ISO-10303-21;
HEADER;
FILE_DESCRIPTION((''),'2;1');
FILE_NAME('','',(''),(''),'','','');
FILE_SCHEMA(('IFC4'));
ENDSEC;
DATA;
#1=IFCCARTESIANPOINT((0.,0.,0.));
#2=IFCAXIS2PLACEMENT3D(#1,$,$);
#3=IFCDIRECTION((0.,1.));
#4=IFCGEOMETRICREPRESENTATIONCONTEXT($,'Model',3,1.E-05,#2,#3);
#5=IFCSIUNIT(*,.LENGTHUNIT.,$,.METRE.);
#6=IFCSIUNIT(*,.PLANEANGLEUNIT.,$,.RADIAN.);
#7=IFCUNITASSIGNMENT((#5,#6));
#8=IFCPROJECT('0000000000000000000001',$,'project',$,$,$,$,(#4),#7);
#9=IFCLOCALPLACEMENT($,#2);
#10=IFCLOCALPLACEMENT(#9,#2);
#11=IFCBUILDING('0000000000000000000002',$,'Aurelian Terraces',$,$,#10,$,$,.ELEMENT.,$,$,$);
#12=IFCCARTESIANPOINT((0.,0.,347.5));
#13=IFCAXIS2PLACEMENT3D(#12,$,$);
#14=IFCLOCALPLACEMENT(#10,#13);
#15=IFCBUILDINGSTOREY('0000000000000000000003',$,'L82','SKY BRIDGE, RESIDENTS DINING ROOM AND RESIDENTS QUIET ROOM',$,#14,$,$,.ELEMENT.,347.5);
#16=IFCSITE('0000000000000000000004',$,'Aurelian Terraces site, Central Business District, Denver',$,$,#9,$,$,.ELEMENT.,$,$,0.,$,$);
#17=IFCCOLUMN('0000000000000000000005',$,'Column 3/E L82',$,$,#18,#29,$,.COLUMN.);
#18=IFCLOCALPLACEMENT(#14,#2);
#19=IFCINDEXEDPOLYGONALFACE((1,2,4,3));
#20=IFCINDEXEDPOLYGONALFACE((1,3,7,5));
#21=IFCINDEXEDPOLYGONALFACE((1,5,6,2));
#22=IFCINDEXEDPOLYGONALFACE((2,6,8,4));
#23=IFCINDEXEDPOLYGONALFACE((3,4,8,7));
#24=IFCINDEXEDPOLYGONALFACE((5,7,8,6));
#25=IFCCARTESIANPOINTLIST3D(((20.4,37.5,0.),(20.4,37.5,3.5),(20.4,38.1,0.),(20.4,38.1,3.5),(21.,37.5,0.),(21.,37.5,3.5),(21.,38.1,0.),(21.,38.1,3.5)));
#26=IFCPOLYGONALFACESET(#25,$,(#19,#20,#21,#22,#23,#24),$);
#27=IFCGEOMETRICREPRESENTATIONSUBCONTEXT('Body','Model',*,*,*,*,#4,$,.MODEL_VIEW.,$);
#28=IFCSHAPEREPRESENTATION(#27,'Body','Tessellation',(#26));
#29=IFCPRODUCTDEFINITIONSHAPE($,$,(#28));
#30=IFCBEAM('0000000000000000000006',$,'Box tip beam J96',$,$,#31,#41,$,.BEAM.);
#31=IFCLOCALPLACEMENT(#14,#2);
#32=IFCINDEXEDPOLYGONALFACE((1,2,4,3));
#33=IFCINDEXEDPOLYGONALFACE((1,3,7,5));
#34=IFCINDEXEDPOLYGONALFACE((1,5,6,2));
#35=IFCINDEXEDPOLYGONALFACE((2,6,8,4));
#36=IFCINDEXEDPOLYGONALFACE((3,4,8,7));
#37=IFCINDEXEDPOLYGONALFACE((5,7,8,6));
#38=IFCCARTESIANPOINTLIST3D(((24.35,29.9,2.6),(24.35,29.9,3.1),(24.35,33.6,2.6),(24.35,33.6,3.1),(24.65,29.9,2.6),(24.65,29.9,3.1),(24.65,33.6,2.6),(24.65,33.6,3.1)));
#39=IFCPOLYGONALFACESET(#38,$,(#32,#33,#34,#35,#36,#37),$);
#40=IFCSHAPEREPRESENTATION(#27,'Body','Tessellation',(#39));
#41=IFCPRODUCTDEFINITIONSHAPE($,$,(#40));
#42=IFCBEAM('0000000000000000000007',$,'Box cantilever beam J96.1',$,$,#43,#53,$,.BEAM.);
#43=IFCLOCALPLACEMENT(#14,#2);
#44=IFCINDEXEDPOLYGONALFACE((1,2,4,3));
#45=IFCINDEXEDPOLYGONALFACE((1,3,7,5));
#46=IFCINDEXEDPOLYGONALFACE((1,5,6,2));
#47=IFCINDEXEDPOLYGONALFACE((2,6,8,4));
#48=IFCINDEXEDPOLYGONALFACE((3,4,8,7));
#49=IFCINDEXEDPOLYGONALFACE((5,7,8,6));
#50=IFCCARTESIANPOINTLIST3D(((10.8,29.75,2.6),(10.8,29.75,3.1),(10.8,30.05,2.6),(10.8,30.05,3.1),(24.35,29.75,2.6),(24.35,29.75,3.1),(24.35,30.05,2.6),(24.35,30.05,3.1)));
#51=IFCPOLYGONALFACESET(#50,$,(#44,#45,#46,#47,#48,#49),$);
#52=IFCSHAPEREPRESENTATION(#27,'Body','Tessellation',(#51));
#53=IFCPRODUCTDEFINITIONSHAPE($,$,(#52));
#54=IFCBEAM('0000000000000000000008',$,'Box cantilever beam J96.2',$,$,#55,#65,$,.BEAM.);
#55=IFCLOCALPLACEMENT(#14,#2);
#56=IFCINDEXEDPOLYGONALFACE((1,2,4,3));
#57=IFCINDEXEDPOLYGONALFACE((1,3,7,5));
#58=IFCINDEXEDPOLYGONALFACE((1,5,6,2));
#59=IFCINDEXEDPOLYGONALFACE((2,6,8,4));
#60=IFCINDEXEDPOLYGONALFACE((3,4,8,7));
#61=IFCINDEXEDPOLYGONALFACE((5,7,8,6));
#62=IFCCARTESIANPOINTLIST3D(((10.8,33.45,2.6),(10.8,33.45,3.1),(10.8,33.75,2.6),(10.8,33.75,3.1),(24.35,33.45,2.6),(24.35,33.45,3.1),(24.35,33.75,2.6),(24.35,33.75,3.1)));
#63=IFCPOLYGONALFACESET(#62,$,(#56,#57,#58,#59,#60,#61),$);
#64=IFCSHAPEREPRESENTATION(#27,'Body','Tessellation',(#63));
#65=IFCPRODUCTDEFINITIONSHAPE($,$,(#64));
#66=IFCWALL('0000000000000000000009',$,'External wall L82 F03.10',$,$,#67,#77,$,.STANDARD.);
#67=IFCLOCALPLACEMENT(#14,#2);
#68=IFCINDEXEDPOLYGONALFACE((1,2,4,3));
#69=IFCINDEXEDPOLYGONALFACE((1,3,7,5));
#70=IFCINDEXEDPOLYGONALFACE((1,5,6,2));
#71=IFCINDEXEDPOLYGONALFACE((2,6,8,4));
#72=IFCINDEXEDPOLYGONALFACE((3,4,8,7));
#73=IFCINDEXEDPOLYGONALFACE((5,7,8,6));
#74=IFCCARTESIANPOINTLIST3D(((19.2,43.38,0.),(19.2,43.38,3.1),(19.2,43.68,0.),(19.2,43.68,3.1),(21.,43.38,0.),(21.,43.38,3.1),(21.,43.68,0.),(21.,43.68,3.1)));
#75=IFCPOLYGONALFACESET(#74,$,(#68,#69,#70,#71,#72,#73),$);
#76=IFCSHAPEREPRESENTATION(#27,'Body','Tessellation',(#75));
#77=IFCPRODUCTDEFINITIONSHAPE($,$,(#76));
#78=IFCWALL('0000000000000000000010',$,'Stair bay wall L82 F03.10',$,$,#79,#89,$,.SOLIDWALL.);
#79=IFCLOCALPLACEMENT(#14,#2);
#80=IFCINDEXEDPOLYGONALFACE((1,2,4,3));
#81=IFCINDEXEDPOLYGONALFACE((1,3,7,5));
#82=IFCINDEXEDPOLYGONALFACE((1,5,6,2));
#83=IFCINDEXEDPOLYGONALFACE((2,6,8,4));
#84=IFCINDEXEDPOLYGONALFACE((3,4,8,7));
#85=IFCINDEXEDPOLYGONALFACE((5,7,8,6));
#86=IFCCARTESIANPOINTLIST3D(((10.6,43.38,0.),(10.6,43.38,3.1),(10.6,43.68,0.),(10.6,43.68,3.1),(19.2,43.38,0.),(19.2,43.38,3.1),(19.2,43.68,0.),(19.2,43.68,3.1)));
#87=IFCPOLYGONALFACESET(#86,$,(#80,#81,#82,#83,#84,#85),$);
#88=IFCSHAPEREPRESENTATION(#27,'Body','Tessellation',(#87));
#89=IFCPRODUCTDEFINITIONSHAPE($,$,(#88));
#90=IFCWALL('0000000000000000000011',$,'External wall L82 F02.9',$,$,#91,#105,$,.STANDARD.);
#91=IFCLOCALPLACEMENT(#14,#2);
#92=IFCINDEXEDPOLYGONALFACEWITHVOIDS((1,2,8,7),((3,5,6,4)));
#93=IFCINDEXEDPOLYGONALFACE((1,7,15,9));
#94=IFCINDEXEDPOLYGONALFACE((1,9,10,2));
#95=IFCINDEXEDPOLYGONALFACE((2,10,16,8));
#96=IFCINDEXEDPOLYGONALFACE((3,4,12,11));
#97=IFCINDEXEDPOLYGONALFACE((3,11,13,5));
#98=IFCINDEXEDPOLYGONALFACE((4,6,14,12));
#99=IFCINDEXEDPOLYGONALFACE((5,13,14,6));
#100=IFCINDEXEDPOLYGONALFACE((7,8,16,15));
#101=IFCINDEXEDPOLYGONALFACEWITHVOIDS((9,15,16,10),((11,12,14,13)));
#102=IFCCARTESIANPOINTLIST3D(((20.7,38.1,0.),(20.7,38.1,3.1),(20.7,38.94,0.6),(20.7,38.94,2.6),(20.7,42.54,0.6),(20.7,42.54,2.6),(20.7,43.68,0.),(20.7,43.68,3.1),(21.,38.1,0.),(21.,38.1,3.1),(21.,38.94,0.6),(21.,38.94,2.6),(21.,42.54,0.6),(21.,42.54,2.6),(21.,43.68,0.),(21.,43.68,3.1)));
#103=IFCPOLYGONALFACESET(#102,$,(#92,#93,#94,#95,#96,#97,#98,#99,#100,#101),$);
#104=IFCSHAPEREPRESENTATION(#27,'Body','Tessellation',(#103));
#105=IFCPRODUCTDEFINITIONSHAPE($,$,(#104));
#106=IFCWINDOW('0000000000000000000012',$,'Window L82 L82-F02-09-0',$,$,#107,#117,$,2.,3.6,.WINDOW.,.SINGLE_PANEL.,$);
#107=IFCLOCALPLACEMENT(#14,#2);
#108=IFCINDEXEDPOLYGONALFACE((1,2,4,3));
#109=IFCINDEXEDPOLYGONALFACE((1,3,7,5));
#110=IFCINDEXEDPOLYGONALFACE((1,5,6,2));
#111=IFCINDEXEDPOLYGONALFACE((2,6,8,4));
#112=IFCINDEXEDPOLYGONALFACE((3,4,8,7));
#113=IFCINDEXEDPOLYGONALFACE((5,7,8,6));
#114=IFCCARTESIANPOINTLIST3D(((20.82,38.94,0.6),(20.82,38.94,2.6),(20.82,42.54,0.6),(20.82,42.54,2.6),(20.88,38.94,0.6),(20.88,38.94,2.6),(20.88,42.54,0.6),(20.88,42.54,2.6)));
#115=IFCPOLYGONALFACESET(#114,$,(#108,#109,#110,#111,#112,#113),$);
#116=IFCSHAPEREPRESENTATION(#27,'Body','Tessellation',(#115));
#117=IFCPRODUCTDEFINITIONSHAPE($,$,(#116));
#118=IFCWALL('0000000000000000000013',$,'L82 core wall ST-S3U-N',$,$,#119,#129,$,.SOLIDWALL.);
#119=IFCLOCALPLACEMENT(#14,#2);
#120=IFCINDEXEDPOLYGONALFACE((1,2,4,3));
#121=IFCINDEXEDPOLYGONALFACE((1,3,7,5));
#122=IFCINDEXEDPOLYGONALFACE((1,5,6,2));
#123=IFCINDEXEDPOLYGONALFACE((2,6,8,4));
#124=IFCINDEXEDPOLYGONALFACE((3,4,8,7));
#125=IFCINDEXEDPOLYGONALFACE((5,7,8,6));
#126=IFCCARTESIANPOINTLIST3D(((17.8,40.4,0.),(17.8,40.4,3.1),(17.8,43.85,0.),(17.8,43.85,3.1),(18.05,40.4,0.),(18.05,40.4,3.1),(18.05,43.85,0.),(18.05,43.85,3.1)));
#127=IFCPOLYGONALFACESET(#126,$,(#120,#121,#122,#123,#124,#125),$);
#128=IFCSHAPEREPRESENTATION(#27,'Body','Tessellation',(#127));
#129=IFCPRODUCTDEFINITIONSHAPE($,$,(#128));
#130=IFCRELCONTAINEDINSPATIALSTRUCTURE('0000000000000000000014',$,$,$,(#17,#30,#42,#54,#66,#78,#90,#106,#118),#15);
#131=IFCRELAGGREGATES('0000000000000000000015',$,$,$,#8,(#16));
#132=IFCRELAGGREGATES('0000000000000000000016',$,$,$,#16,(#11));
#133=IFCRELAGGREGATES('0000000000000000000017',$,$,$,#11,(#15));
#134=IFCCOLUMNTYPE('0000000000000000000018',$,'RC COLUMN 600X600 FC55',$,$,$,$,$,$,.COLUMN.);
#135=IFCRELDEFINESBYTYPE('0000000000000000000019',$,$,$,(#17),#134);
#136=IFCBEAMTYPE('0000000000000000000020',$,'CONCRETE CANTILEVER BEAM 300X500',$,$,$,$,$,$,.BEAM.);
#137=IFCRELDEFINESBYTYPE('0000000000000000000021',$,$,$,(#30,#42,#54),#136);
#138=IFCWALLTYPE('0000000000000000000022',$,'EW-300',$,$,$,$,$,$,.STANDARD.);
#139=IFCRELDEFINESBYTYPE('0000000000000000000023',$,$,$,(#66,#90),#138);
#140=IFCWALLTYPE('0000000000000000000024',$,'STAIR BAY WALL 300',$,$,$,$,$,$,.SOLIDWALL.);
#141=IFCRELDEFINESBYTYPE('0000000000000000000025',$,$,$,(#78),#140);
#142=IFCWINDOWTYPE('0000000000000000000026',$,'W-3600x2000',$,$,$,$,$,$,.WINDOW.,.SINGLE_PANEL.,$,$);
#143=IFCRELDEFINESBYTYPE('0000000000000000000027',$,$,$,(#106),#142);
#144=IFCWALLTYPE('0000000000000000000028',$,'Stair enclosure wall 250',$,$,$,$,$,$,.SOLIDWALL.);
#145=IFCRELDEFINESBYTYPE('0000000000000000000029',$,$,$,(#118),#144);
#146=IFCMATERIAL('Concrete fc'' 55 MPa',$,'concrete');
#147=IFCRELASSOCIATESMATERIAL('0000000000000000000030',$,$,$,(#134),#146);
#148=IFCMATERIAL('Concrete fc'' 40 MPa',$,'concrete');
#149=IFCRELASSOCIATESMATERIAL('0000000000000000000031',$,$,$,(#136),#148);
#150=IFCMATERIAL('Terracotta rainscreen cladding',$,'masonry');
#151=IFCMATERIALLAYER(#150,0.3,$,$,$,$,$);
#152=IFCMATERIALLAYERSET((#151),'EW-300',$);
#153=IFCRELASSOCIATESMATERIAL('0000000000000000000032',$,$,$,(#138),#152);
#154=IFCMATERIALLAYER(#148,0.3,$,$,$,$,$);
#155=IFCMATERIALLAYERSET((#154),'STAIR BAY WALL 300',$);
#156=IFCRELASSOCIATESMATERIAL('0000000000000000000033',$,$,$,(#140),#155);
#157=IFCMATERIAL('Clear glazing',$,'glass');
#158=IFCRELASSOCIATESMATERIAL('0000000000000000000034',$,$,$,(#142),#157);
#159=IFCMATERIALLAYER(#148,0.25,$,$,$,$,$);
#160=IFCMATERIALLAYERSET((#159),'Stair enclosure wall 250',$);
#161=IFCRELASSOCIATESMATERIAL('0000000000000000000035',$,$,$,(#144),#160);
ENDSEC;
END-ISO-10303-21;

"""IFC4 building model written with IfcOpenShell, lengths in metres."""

from ifc_helpers import new_model, si_unit, direction, frame, frame_2d, origin, origin_2d, place, context, subcontext, project, spatial, rectangle, extrude, source, transform, mapped, material, layer, layer_set, material_profile, profile_set, type_object, element, fill, save


model = new_model("IFC4")

# Units and contexts
model_context = context("Model", 3, precision=1e-05, world=origin(), true_north=direction((0.0, 1.0)))
body_context = subcontext(model_context, "Body", "Model", "MODEL_VIEW")
ifc_project = project(units=[si_unit("LENGTHUNIT", "METRE"), si_unit("PLANEANGLEUNIT", "RADIAN")], contexts=[model_context])

# Site, building, storey
site_placement = place(None, origin())
site = spatial("IfcSite", under=ifc_project, at=site_placement, Name="Aurelian Terraces site, Central Business District, Denver", CompositionType="ELEMENT", RefElevation=0.0)
building_placement = place(site_placement, origin())
building = spatial("IfcBuilding", under=site, at=building_placement, Name="Aurelian Terraces", CompositionType="ELEMENT")
storey_placement = place(building_placement, frame((0.0, 0.0, 347.5)))
storey = spatial("IfcBuildingStorey", under=building, at=storey_placement, Name="L82", Description="SKY BRIDGE, RESIDENTS DINING ROOM AND RESIDENTS QUIET ROOM", CompositionType="ELEMENT", Elevation=347.5)

# Column
ifc_material_1 = material(Name="Concrete fc' 55 MPa", Category="concrete")
ifc_material_profile_1 = material_profile(ifc_material_1, rectangle(XDim=0.6, YDim=0.6, at=origin_2d()))
ifc_profile_set_1 = profile_set([ifc_material_profile_1], Name="Concrete fc' 55 MPa")
column_type = type_object("IfcColumnType", Name="RC COLUMN 600X600 FC55", PredefinedType="COLUMN", material=ifc_profile_set_1)
shared_shape_1 = source(origin(), body_context, "Body", "SweptSolid", [
    extrude(rectangle(XDim=0.6, YDim=0.6, at=origin_2d()), origin(), (0.0, 0.0, 1.0), 3.5),
])
column_placement = place(storey_placement, frame((20.7, 37.8, 0.0), z_axis=(0.0, 0.0, 1.0), x_axis=(1.0, 0.0, 0.0)))
element("IfcColumn", 1, at=column_placement, inside=storey, type_object=column_type, Name="Column 3/E L82", PredefinedType="COLUMN", context=body_context, shape_type="MappedRepresentation", body=[
    mapped(shared_shape_1, transform((0.0, 0.0, 0.0), scale=1.0)),
])

# Beams
ifc_material_2 = material(Name="Concrete fc' 40 MPa", Category="concrete")
ifc_material_profile_2 = material_profile(ifc_material_2, rectangle(XDim=0.3, YDim=0.5, at=origin_2d()))
ifc_profile_set_2 = profile_set([ifc_material_profile_2], Name="Concrete fc' 40 MPa")
beam_type = type_object("IfcBeamType", Name="CONCRETE CANTILEVER BEAM 300X500", PredefinedType="BEAM", material=ifc_profile_set_2)
beam_placement = place(storey_placement, frame((24.5, 29.9, 2.85), z_axis=(0.0, 1.0, 0.0), x_axis=(-1.0, 0.0, 0.0)))
element("IfcBeam", 2, at=beam_placement, inside=storey, type_object=beam_type, Name="Box tip beam J96", PredefinedType="BEAM", context=body_context, shape_type="SweptSolid", body=[
    extrude(rectangle(XDim=0.3, YDim=0.5, at=origin_2d()), origin(), (0.0, 0.0, 1.0), 3.7),
])
shared_shape_2 = source(origin(), body_context, "Body", "SweptSolid", [
    extrude(rectangle(XDim=0.3, YDim=0.5, at=origin_2d()), origin(), (0.0, 0.0, 1.0), 13.55),
])
for number, where, z_axis, x_axis, name in (
    (3, (24.35, 29.9, 2.85), (-1.0, 0.0, 0.0), (0.0, -1.0, 0.0), "Box cantilever beam J96.1"),
    (4, (24.35, 33.6, 2.85), (-1.0, 0.0, 0.0), (0.0, -1.0, 0.0), "Box cantilever beam J96.2"),
):
    element("IfcBeam", number, at=place(storey_placement, frame(where, z_axis=z_axis, x_axis=x_axis)), inside=storey, type_object=beam_type, Name=name, PredefinedType="BEAM", context=body_context, shape_type="MappedRepresentation", body=[
        mapped(shared_shape_2, transform((0.0, 0.0, 0.0), scale=1.0)),
    ])

# Walls
ifc_material_3 = material(Name="Terracotta rainscreen cladding", Category="masonry")
ifc_layer_1 = layer(ifc_material_3, 0.3)
ifc_layer_set_1 = layer_set([ifc_layer_1], Name="EW-300")
wall_type_1 = type_object("IfcWallType", Name="EW-300", PredefinedType="STANDARD", material=ifc_layer_set_1)
shared_shape_3 = source(origin(), body_context, "Body", "SweptSolid", [
    extrude(rectangle(XDim=1.8, YDim=0.3, at=frame_2d((0.9, 0.0))), origin(), (0.0, 0.0, 1.0), 3.1),
])
wall_1_placement = place(storey_placement, frame((21.0, 43.53, 0.0), z_axis=(0.0, 0.0, 1.0), x_axis=(-1.0, 0.0, 0.0)))
element("IfcWall", 5, at=wall_1_placement, inside=storey, type_object=wall_type_1, Name="External wall L82 F03.10", PredefinedType="STANDARD", context=body_context, shape_type="MappedRepresentation", body=[
    mapped(shared_shape_3, transform((0.0, 0.0, 0.0), scale=1.0)),
])
ifc_layer_2 = layer(ifc_material_2, 0.3)
ifc_layer_set_2 = layer_set([ifc_layer_2], Name="STAIR BAY WALL 300")
wall_type_2 = type_object("IfcWallType", Name="STAIR BAY WALL 300", PredefinedType="SOLIDWALL", material=ifc_layer_set_2)
shared_shape_4 = source(origin(), body_context, "Body", "SweptSolid", [
    extrude(rectangle(XDim=8.6, YDim=0.3, at=frame_2d((4.3, 0.0))), origin(), (0.0, 0.0, 1.0), 3.1),
])
wall_2_placement = place(storey_placement, frame((19.2, 43.53, 0.0), z_axis=(0.0, 0.0, 1.0), x_axis=(-1.0, 0.0, 0.0)))
element("IfcWall", 6, at=wall_2_placement, inside=storey, type_object=wall_type_2, Name="Stair bay wall L82 F03.10", PredefinedType="SOLIDWALL", context=body_context, shape_type="MappedRepresentation", body=[
    mapped(shared_shape_4, transform((0.0, 0.0, 0.0), scale=1.0)),
])

# Wall, opening, window
shared_shape_5 = source(origin(), body_context, "Body", "SweptSolid", [
    extrude(rectangle(XDim=5.58, YDim=0.3, at=frame_2d((2.79, 0.0))), origin(), (0.0, 0.0, 1.0), 3.1),
])
wall_3_placement = place(storey_placement, frame((20.85, 38.1, 0.0), z_axis=(0.0, 0.0, 1.0), x_axis=(0.0, 1.0, 0.0)))
wall_3 = element("IfcWall", 7, at=wall_3_placement, inside=storey, type_object=wall_type_1, Name="External wall L82 F02.9", PredefinedType="STANDARD", context=body_context, shape_type="MappedRepresentation", body=[
    mapped(shared_shape_5, transform((0.0, 0.0, 0.0), scale=1.0)),
])
shared_shape_6 = source(origin(), body_context, "Body", "SweptSolid", [
    extrude(rectangle(XDim=3.6, YDim=2.0, at=frame_2d((1.8, 1.0))), frame((0.0, 0.16, 0.0), z_axis=(0.0, -1.0, 0.0), x_axis=(1.0, 0.0, 0.0)), (0.0, 0.0, 1.0), 0.32),
])
opening_1_placement = place(wall_3_placement, frame((0.84, 0.0, 0.6)))
opening_1 = element("IfcOpeningElement", 8, at=opening_1_placement, cuts=wall_3, PredefinedType="OPENING", context=body_context, shape_type="MappedRepresentation", body=[
    mapped(shared_shape_6, transform((0.0, 0.0, 0.0), scale=1.0)),
])
ifc_material_4 = material(Name="Clear glazing", Category="glass")
window_type = type_object("IfcWindowType", Name="W-3600x2000", PartitioningType="SINGLE_PANEL", PredefinedType="WINDOW", material=ifc_material_4)
shared_shape_7 = source(origin(), body_context, "Body", "SweptSolid", [
    extrude(rectangle(XDim=3.6, YDim=2.0, at=frame_2d((1.8, 1.0))), frame((0.0, 0.03, 0.0), z_axis=(0.0, -1.0, 0.0), x_axis=(1.0, 0.0, 0.0)), (0.0, 0.0, 1.0), 0.06),
])
window_placement = place(opening_1_placement, origin())
window = element("IfcWindow", 9, at=window_placement, inside=storey, type_object=window_type, Name="Window L82 L82-F02-09-0", OverallHeight=2.0, OverallWidth=3.6, PartitioningType="SINGLE_PANEL", PredefinedType="WINDOW", context=body_context, shape_type="MappedRepresentation", body=[
    mapped(shared_shape_7, transform((0.0, 0.0, 0.0), scale=1.0)),
])
fill(opening_1, window)

# Wall
ifc_layer_3 = layer(ifc_material_2, 0.25)
ifc_layer_set_3 = layer_set([ifc_layer_3], Name="Stair enclosure wall 250")
wall_type_3 = type_object("IfcWallType", Name="Stair enclosure wall 250", PredefinedType="SOLIDWALL", material=ifc_layer_set_3)
shared_shape_8 = source(origin(), body_context, "Body", "SweptSolid", [
    extrude(rectangle(XDim=3.45, YDim=0.25, at=frame_2d((1.725, 0.0))), origin(), (0.0, 0.0, 1.0), 3.1),
])
wall_4_placement = place(storey_placement, frame((17.925, 40.4, 0.0), z_axis=(0.0, 0.0, 1.0), x_axis=(0.0, 1.0, 0.0)))
element("IfcWall", 10, at=wall_4_placement, inside=storey, type_object=wall_type_3, Name="L82 core wall ST-S3U-N", PredefinedType="SOLIDWALL", context=body_context, shape_type="MappedRepresentation", body=[
    mapped(shared_shape_8, transform((0.0, 0.0, 0.0), scale=1.0)),
])

save(model, "model.ifc")
